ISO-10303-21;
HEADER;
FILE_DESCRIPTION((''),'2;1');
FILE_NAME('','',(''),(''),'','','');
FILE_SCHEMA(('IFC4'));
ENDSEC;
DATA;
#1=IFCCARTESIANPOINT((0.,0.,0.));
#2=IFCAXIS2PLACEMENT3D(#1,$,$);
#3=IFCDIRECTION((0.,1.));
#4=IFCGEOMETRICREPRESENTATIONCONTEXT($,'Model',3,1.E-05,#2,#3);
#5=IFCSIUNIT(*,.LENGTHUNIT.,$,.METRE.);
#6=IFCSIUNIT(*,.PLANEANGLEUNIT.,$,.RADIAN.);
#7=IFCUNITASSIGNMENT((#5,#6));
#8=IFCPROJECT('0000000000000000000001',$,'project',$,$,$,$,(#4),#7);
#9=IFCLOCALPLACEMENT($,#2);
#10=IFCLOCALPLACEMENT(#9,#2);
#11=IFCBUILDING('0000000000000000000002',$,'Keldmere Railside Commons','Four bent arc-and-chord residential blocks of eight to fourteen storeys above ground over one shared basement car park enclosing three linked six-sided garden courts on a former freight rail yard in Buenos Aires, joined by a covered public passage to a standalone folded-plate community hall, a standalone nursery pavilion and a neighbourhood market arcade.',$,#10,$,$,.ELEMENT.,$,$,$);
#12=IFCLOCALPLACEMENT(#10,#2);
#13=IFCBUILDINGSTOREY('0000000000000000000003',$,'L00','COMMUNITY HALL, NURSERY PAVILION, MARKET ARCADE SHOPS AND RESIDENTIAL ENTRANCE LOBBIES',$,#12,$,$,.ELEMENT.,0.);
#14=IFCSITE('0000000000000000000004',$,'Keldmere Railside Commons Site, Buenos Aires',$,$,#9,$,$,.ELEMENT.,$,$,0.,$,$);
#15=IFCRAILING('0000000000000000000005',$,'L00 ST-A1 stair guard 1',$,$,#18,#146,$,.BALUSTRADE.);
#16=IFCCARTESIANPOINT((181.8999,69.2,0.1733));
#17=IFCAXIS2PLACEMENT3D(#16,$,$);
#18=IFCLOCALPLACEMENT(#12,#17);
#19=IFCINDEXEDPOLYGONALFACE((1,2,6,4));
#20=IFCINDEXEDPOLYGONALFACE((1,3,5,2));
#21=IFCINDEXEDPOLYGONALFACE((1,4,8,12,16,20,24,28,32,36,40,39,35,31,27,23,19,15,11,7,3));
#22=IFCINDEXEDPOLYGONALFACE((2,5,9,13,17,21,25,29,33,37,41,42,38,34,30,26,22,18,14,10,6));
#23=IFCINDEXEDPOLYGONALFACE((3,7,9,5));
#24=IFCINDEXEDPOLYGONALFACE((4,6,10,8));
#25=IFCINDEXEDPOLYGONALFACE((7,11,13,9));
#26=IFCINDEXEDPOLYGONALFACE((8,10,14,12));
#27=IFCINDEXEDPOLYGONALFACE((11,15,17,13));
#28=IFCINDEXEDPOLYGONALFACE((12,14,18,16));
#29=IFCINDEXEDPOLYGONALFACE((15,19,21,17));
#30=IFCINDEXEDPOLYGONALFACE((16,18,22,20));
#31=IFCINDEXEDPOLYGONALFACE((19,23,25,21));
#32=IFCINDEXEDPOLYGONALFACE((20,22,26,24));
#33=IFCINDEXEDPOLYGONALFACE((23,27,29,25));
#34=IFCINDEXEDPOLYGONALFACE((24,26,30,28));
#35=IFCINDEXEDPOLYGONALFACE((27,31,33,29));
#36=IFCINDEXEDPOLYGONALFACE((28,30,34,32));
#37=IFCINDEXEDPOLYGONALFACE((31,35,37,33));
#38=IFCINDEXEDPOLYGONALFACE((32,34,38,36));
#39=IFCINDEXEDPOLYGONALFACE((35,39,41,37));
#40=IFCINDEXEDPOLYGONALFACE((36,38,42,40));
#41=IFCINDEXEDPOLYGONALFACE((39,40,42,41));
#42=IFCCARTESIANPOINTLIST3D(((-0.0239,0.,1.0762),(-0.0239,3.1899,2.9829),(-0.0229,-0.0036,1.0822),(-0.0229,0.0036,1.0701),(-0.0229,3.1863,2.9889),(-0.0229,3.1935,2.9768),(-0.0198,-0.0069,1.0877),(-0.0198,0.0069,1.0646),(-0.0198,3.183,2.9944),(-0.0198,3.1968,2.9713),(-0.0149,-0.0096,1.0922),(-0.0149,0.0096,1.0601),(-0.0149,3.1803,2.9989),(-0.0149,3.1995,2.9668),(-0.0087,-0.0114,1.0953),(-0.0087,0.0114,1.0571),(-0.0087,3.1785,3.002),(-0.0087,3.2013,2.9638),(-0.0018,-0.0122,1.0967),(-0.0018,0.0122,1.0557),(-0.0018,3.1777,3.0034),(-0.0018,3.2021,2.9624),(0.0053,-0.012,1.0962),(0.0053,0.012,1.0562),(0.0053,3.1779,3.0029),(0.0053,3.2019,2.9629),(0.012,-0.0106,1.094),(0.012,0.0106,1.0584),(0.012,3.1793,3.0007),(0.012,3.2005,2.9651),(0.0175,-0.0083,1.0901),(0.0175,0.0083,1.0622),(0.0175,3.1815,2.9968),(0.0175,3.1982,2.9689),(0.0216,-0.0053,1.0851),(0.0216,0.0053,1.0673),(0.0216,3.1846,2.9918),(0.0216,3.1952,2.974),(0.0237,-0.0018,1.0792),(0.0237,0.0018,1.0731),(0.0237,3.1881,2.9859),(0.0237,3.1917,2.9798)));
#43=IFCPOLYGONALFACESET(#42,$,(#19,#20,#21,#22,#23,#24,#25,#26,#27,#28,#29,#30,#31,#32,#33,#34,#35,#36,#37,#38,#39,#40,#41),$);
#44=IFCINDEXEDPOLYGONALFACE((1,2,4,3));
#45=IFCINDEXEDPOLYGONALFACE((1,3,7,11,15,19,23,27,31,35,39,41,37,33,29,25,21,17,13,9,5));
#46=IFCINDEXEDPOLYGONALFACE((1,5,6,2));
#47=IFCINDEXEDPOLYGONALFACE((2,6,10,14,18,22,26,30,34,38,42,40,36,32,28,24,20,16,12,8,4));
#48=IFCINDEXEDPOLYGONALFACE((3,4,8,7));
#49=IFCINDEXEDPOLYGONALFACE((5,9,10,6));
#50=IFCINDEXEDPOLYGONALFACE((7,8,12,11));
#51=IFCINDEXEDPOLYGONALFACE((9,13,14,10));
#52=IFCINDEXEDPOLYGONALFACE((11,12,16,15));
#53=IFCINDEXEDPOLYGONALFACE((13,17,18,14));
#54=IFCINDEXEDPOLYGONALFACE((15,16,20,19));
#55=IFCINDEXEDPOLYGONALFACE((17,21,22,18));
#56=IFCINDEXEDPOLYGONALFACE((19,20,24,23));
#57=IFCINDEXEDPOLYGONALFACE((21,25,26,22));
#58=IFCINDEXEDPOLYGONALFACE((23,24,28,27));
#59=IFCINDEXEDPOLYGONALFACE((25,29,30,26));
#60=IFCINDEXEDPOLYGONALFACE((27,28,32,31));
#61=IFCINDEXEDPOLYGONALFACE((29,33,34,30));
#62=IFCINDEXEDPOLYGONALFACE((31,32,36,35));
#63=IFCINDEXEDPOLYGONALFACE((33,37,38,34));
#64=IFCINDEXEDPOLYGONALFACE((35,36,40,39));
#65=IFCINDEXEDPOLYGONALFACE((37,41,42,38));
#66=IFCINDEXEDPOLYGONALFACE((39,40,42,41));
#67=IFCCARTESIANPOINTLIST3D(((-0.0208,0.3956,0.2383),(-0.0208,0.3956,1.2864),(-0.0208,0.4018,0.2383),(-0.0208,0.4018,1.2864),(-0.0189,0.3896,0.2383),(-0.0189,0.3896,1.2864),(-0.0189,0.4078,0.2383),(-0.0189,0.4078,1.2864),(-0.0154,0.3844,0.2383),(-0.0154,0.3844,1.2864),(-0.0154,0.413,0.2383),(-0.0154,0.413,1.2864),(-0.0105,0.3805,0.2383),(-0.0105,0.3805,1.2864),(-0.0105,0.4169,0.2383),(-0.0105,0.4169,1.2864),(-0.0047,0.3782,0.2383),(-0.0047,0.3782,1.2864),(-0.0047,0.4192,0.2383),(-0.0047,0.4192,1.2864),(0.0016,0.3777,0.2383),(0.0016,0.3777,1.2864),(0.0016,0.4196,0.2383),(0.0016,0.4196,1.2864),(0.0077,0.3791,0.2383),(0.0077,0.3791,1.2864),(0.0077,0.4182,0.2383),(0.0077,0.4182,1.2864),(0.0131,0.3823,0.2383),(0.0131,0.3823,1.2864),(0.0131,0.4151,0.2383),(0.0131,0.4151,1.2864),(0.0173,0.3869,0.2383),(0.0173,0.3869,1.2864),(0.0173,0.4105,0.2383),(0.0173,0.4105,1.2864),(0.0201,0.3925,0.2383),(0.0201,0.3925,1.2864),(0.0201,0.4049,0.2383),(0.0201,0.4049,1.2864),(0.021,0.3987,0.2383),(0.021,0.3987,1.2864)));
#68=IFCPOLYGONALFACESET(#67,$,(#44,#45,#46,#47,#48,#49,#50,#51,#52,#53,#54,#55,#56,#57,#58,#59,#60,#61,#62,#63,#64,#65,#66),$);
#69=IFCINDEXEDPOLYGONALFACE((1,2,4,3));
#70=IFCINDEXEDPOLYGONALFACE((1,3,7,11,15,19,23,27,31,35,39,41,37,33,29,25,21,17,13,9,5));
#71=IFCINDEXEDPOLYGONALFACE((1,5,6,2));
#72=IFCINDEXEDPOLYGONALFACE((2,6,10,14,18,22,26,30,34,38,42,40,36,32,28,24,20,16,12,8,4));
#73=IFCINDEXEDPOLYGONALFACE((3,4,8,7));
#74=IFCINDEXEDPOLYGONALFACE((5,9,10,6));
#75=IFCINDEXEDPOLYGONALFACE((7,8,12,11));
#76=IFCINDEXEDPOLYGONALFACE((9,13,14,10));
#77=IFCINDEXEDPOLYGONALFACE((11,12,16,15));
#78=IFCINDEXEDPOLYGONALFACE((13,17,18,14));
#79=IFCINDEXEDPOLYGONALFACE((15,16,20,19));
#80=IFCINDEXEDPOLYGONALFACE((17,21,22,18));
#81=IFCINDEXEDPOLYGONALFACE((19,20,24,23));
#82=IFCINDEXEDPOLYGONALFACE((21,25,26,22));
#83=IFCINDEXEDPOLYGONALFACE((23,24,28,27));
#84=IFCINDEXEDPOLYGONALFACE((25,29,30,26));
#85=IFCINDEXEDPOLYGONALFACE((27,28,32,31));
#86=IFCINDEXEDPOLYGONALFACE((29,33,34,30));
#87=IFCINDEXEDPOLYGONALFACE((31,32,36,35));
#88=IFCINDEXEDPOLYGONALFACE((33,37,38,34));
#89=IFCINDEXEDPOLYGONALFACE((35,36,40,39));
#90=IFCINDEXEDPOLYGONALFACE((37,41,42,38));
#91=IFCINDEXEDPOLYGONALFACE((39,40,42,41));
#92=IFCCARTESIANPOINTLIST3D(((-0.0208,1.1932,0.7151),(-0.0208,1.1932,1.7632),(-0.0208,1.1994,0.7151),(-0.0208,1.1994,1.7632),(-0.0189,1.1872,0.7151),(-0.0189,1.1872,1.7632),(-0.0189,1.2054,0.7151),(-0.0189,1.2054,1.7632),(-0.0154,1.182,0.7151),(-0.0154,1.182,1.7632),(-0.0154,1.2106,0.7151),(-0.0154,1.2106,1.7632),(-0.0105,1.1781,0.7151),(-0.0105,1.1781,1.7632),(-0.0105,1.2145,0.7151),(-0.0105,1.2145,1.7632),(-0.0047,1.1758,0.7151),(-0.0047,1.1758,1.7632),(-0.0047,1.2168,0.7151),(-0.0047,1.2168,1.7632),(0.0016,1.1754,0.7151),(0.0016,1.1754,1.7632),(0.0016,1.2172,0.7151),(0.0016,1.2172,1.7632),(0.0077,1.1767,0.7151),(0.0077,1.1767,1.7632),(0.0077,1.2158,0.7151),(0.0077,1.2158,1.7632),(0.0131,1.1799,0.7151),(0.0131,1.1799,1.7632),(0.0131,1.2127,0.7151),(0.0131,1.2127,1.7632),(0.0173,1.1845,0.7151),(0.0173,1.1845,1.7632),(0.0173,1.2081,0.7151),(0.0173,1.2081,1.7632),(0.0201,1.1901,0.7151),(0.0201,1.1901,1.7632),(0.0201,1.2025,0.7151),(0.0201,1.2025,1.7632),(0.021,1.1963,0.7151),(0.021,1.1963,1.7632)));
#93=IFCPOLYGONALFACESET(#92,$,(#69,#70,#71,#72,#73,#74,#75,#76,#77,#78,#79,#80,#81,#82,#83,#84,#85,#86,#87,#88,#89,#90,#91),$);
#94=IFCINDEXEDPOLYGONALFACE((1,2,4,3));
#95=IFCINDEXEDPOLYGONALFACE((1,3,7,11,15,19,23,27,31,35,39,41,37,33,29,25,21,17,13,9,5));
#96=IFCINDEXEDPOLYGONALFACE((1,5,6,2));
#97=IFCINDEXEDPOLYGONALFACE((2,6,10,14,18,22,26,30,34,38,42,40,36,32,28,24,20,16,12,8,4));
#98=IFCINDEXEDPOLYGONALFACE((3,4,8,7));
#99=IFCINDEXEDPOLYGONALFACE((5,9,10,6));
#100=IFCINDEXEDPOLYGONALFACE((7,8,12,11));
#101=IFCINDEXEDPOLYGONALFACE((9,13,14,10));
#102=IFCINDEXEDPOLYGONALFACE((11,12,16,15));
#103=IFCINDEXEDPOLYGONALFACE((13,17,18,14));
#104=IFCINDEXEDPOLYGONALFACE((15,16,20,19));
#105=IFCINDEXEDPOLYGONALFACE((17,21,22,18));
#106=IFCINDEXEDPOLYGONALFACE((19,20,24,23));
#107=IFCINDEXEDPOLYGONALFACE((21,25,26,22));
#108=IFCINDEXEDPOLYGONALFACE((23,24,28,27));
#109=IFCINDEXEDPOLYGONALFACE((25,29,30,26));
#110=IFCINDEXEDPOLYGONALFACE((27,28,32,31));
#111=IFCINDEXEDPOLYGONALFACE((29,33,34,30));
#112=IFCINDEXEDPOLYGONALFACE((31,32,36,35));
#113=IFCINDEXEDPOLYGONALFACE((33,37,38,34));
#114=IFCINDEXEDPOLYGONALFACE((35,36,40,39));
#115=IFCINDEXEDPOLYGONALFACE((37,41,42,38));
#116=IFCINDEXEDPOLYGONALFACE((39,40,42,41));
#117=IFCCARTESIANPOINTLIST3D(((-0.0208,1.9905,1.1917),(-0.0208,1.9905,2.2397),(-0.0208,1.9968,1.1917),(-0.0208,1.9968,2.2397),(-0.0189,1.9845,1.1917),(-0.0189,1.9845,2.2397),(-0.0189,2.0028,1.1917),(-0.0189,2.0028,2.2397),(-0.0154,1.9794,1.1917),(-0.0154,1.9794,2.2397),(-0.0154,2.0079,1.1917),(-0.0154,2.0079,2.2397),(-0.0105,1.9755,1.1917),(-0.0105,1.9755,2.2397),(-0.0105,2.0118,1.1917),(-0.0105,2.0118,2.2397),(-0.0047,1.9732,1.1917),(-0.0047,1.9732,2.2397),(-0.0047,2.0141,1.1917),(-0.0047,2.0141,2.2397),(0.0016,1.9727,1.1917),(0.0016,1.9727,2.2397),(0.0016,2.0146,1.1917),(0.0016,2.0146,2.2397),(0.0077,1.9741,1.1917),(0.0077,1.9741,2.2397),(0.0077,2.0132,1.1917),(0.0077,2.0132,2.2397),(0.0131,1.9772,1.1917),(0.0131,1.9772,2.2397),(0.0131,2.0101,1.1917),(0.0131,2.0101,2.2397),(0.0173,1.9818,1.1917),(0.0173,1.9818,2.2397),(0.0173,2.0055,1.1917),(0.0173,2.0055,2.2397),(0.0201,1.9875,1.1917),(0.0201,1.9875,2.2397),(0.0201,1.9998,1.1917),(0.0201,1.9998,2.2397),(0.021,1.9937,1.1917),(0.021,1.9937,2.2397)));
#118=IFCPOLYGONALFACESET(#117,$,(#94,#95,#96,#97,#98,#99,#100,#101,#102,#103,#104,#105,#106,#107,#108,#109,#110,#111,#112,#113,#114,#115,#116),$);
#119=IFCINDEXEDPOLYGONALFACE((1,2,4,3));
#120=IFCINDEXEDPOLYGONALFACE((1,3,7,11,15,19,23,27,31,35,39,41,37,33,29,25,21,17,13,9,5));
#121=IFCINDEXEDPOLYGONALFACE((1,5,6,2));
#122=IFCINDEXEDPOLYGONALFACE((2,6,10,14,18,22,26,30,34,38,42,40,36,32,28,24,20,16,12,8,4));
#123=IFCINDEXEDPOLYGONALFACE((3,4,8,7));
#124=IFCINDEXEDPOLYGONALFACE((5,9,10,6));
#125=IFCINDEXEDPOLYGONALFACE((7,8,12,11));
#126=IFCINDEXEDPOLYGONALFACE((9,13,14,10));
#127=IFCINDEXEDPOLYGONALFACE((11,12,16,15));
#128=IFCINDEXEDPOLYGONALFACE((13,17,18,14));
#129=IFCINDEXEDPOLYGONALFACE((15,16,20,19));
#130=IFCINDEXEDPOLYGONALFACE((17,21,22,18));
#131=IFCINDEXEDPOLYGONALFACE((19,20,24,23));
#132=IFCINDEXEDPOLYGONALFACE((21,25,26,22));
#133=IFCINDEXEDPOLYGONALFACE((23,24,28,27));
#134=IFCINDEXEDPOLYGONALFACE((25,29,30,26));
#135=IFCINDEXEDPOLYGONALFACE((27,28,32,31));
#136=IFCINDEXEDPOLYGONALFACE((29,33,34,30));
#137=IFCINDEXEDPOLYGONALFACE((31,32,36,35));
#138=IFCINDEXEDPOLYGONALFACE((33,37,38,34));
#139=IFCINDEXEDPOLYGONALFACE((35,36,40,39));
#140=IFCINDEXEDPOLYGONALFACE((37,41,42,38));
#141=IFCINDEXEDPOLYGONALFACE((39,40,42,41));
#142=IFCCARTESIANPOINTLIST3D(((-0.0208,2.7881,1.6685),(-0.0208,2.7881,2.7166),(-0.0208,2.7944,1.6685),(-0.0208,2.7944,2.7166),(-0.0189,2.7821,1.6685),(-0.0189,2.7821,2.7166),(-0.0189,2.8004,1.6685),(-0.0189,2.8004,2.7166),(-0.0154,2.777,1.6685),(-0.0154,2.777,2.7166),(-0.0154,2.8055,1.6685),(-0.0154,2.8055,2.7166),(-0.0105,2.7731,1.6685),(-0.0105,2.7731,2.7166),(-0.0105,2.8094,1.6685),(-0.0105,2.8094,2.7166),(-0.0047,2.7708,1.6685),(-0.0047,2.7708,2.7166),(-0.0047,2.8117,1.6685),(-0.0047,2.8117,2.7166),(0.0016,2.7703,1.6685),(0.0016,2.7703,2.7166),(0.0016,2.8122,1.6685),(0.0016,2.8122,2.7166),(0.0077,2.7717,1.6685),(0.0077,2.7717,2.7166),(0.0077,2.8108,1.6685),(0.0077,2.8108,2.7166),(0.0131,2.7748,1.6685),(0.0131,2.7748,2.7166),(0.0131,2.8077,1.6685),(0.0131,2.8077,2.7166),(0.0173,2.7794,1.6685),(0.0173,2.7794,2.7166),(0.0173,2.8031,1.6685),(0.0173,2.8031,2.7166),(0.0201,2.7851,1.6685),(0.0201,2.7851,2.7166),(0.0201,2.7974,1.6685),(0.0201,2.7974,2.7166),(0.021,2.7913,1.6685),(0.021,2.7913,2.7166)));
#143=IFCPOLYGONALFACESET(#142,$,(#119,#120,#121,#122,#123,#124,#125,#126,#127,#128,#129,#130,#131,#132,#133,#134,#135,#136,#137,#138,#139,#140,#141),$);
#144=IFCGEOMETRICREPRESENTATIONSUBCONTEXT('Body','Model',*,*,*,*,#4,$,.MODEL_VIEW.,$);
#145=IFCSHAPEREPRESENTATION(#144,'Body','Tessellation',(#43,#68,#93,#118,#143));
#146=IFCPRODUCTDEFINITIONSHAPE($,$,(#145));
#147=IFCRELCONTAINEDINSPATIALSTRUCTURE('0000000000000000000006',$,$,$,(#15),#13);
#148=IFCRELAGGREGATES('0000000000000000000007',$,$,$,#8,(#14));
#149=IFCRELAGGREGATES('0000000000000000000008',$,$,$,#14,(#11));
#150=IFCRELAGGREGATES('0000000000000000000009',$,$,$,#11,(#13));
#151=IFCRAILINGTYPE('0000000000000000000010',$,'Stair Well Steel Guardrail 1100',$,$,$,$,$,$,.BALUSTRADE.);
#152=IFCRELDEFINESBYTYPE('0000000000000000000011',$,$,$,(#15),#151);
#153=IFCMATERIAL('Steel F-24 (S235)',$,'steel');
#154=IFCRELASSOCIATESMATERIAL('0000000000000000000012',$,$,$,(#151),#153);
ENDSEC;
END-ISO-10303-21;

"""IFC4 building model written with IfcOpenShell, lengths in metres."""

from ifc_helpers import new_model, si_unit, direction, frame, origin, origin_2d, place, context, subcontext, project, spatial, circle, extrude, material, type_object, element, save


model = new_model("IFC4")

# Units and contexts
model_context = context("Model", 3, precision=1e-05, world=origin(), true_north=direction((0.0, 1.0)))
body_context = subcontext(model_context, "Body", "Model", "MODEL_VIEW")
ifc_project = project(units=[si_unit("LENGTHUNIT", "METRE"), si_unit("PLANEANGLEUNIT", "RADIAN")], contexts=[model_context])

# Site, building, storey
site_placement = place(None, origin())
site = spatial("IfcSite", under=ifc_project, at=site_placement, Name="Keldmere Railside Commons Site, Buenos Aires", CompositionType="ELEMENT", RefElevation=0.0)
building_placement = place(site_placement, origin())
building = spatial("IfcBuilding", under=site, at=building_placement, Name="Keldmere Railside Commons", Description="Four bent arc-and-chord residential blocks of eight to fourteen storeys above ground over one shared basement car park enclosing three linked six-sided garden courts on a former freight rail yard in Buenos Aires, joined by a covered public passage to a standalone folded-plate community hall, a standalone nursery pavilion and a neighbourhood market arcade.", CompositionType="ELEMENT")
storey_placement = place(building_placement, origin())
storey = spatial("IfcBuildingStorey", under=building, at=storey_placement, Name="L00", Description="COMMUNITY HALL, NURSERY PAVILION, MARKET ARCADE SHOPS AND RESIDENTIAL ENTRANCE LOBBIES", CompositionType="ELEMENT", Elevation=0.0)

# Shared definitions
ifc_material_1 = material(Name="Steel F-24 (S235)", Category="steel")

# Railing
railing_type_1 = type_object("IfcRailingType", Name="Stair Well Steel Guardrail 1100", PredefinedType="BALUSTRADE", material=ifc_material_1)
railing_1_placement = place(storey_placement, frame((181.8999, 69.2, 0.1733)))
element("IfcRailing", 1, at=railing_1_placement, inside=storey, type_object=railing_type_1, Name="L00 ST-A1 stair guard 1", PredefinedType="BALUSTRADE", context=body_context, shape_type="SweptSolid", body=[
    extrude(circle(Radius=0.0239, at=origin_2d()), frame((0.0, 0.0, 1.0762), z_axis=(0.0, 0.85835, 0.513065), x_axis=(-1.0, 0.0, 0.0)), (0.0, 0.0, 1.0), 3.7163),
    extrude(circle(Radius=0.021, at=origin_2d()), frame((0.0, 0.3987, 0.2383)), (0.0, 0.0, 1.0), 1.0481),
    extrude(circle(Radius=0.021, at=origin_2d()), frame((0.0, 1.1963, 0.7151)), (0.0, 0.0, 1.0), 1.0481),
    extrude(circle(Radius=0.021, at=origin_2d()), frame((0.0, 1.9937, 1.1917)), (0.0, 0.0, 1.0), 1.0481),
    extrude(circle(Radius=0.021, at=origin_2d()), frame((0.0, 2.7913, 1.6685)), (0.0, 0.0, 1.0), 1.0481),
])

save(model, "model.ifc")
